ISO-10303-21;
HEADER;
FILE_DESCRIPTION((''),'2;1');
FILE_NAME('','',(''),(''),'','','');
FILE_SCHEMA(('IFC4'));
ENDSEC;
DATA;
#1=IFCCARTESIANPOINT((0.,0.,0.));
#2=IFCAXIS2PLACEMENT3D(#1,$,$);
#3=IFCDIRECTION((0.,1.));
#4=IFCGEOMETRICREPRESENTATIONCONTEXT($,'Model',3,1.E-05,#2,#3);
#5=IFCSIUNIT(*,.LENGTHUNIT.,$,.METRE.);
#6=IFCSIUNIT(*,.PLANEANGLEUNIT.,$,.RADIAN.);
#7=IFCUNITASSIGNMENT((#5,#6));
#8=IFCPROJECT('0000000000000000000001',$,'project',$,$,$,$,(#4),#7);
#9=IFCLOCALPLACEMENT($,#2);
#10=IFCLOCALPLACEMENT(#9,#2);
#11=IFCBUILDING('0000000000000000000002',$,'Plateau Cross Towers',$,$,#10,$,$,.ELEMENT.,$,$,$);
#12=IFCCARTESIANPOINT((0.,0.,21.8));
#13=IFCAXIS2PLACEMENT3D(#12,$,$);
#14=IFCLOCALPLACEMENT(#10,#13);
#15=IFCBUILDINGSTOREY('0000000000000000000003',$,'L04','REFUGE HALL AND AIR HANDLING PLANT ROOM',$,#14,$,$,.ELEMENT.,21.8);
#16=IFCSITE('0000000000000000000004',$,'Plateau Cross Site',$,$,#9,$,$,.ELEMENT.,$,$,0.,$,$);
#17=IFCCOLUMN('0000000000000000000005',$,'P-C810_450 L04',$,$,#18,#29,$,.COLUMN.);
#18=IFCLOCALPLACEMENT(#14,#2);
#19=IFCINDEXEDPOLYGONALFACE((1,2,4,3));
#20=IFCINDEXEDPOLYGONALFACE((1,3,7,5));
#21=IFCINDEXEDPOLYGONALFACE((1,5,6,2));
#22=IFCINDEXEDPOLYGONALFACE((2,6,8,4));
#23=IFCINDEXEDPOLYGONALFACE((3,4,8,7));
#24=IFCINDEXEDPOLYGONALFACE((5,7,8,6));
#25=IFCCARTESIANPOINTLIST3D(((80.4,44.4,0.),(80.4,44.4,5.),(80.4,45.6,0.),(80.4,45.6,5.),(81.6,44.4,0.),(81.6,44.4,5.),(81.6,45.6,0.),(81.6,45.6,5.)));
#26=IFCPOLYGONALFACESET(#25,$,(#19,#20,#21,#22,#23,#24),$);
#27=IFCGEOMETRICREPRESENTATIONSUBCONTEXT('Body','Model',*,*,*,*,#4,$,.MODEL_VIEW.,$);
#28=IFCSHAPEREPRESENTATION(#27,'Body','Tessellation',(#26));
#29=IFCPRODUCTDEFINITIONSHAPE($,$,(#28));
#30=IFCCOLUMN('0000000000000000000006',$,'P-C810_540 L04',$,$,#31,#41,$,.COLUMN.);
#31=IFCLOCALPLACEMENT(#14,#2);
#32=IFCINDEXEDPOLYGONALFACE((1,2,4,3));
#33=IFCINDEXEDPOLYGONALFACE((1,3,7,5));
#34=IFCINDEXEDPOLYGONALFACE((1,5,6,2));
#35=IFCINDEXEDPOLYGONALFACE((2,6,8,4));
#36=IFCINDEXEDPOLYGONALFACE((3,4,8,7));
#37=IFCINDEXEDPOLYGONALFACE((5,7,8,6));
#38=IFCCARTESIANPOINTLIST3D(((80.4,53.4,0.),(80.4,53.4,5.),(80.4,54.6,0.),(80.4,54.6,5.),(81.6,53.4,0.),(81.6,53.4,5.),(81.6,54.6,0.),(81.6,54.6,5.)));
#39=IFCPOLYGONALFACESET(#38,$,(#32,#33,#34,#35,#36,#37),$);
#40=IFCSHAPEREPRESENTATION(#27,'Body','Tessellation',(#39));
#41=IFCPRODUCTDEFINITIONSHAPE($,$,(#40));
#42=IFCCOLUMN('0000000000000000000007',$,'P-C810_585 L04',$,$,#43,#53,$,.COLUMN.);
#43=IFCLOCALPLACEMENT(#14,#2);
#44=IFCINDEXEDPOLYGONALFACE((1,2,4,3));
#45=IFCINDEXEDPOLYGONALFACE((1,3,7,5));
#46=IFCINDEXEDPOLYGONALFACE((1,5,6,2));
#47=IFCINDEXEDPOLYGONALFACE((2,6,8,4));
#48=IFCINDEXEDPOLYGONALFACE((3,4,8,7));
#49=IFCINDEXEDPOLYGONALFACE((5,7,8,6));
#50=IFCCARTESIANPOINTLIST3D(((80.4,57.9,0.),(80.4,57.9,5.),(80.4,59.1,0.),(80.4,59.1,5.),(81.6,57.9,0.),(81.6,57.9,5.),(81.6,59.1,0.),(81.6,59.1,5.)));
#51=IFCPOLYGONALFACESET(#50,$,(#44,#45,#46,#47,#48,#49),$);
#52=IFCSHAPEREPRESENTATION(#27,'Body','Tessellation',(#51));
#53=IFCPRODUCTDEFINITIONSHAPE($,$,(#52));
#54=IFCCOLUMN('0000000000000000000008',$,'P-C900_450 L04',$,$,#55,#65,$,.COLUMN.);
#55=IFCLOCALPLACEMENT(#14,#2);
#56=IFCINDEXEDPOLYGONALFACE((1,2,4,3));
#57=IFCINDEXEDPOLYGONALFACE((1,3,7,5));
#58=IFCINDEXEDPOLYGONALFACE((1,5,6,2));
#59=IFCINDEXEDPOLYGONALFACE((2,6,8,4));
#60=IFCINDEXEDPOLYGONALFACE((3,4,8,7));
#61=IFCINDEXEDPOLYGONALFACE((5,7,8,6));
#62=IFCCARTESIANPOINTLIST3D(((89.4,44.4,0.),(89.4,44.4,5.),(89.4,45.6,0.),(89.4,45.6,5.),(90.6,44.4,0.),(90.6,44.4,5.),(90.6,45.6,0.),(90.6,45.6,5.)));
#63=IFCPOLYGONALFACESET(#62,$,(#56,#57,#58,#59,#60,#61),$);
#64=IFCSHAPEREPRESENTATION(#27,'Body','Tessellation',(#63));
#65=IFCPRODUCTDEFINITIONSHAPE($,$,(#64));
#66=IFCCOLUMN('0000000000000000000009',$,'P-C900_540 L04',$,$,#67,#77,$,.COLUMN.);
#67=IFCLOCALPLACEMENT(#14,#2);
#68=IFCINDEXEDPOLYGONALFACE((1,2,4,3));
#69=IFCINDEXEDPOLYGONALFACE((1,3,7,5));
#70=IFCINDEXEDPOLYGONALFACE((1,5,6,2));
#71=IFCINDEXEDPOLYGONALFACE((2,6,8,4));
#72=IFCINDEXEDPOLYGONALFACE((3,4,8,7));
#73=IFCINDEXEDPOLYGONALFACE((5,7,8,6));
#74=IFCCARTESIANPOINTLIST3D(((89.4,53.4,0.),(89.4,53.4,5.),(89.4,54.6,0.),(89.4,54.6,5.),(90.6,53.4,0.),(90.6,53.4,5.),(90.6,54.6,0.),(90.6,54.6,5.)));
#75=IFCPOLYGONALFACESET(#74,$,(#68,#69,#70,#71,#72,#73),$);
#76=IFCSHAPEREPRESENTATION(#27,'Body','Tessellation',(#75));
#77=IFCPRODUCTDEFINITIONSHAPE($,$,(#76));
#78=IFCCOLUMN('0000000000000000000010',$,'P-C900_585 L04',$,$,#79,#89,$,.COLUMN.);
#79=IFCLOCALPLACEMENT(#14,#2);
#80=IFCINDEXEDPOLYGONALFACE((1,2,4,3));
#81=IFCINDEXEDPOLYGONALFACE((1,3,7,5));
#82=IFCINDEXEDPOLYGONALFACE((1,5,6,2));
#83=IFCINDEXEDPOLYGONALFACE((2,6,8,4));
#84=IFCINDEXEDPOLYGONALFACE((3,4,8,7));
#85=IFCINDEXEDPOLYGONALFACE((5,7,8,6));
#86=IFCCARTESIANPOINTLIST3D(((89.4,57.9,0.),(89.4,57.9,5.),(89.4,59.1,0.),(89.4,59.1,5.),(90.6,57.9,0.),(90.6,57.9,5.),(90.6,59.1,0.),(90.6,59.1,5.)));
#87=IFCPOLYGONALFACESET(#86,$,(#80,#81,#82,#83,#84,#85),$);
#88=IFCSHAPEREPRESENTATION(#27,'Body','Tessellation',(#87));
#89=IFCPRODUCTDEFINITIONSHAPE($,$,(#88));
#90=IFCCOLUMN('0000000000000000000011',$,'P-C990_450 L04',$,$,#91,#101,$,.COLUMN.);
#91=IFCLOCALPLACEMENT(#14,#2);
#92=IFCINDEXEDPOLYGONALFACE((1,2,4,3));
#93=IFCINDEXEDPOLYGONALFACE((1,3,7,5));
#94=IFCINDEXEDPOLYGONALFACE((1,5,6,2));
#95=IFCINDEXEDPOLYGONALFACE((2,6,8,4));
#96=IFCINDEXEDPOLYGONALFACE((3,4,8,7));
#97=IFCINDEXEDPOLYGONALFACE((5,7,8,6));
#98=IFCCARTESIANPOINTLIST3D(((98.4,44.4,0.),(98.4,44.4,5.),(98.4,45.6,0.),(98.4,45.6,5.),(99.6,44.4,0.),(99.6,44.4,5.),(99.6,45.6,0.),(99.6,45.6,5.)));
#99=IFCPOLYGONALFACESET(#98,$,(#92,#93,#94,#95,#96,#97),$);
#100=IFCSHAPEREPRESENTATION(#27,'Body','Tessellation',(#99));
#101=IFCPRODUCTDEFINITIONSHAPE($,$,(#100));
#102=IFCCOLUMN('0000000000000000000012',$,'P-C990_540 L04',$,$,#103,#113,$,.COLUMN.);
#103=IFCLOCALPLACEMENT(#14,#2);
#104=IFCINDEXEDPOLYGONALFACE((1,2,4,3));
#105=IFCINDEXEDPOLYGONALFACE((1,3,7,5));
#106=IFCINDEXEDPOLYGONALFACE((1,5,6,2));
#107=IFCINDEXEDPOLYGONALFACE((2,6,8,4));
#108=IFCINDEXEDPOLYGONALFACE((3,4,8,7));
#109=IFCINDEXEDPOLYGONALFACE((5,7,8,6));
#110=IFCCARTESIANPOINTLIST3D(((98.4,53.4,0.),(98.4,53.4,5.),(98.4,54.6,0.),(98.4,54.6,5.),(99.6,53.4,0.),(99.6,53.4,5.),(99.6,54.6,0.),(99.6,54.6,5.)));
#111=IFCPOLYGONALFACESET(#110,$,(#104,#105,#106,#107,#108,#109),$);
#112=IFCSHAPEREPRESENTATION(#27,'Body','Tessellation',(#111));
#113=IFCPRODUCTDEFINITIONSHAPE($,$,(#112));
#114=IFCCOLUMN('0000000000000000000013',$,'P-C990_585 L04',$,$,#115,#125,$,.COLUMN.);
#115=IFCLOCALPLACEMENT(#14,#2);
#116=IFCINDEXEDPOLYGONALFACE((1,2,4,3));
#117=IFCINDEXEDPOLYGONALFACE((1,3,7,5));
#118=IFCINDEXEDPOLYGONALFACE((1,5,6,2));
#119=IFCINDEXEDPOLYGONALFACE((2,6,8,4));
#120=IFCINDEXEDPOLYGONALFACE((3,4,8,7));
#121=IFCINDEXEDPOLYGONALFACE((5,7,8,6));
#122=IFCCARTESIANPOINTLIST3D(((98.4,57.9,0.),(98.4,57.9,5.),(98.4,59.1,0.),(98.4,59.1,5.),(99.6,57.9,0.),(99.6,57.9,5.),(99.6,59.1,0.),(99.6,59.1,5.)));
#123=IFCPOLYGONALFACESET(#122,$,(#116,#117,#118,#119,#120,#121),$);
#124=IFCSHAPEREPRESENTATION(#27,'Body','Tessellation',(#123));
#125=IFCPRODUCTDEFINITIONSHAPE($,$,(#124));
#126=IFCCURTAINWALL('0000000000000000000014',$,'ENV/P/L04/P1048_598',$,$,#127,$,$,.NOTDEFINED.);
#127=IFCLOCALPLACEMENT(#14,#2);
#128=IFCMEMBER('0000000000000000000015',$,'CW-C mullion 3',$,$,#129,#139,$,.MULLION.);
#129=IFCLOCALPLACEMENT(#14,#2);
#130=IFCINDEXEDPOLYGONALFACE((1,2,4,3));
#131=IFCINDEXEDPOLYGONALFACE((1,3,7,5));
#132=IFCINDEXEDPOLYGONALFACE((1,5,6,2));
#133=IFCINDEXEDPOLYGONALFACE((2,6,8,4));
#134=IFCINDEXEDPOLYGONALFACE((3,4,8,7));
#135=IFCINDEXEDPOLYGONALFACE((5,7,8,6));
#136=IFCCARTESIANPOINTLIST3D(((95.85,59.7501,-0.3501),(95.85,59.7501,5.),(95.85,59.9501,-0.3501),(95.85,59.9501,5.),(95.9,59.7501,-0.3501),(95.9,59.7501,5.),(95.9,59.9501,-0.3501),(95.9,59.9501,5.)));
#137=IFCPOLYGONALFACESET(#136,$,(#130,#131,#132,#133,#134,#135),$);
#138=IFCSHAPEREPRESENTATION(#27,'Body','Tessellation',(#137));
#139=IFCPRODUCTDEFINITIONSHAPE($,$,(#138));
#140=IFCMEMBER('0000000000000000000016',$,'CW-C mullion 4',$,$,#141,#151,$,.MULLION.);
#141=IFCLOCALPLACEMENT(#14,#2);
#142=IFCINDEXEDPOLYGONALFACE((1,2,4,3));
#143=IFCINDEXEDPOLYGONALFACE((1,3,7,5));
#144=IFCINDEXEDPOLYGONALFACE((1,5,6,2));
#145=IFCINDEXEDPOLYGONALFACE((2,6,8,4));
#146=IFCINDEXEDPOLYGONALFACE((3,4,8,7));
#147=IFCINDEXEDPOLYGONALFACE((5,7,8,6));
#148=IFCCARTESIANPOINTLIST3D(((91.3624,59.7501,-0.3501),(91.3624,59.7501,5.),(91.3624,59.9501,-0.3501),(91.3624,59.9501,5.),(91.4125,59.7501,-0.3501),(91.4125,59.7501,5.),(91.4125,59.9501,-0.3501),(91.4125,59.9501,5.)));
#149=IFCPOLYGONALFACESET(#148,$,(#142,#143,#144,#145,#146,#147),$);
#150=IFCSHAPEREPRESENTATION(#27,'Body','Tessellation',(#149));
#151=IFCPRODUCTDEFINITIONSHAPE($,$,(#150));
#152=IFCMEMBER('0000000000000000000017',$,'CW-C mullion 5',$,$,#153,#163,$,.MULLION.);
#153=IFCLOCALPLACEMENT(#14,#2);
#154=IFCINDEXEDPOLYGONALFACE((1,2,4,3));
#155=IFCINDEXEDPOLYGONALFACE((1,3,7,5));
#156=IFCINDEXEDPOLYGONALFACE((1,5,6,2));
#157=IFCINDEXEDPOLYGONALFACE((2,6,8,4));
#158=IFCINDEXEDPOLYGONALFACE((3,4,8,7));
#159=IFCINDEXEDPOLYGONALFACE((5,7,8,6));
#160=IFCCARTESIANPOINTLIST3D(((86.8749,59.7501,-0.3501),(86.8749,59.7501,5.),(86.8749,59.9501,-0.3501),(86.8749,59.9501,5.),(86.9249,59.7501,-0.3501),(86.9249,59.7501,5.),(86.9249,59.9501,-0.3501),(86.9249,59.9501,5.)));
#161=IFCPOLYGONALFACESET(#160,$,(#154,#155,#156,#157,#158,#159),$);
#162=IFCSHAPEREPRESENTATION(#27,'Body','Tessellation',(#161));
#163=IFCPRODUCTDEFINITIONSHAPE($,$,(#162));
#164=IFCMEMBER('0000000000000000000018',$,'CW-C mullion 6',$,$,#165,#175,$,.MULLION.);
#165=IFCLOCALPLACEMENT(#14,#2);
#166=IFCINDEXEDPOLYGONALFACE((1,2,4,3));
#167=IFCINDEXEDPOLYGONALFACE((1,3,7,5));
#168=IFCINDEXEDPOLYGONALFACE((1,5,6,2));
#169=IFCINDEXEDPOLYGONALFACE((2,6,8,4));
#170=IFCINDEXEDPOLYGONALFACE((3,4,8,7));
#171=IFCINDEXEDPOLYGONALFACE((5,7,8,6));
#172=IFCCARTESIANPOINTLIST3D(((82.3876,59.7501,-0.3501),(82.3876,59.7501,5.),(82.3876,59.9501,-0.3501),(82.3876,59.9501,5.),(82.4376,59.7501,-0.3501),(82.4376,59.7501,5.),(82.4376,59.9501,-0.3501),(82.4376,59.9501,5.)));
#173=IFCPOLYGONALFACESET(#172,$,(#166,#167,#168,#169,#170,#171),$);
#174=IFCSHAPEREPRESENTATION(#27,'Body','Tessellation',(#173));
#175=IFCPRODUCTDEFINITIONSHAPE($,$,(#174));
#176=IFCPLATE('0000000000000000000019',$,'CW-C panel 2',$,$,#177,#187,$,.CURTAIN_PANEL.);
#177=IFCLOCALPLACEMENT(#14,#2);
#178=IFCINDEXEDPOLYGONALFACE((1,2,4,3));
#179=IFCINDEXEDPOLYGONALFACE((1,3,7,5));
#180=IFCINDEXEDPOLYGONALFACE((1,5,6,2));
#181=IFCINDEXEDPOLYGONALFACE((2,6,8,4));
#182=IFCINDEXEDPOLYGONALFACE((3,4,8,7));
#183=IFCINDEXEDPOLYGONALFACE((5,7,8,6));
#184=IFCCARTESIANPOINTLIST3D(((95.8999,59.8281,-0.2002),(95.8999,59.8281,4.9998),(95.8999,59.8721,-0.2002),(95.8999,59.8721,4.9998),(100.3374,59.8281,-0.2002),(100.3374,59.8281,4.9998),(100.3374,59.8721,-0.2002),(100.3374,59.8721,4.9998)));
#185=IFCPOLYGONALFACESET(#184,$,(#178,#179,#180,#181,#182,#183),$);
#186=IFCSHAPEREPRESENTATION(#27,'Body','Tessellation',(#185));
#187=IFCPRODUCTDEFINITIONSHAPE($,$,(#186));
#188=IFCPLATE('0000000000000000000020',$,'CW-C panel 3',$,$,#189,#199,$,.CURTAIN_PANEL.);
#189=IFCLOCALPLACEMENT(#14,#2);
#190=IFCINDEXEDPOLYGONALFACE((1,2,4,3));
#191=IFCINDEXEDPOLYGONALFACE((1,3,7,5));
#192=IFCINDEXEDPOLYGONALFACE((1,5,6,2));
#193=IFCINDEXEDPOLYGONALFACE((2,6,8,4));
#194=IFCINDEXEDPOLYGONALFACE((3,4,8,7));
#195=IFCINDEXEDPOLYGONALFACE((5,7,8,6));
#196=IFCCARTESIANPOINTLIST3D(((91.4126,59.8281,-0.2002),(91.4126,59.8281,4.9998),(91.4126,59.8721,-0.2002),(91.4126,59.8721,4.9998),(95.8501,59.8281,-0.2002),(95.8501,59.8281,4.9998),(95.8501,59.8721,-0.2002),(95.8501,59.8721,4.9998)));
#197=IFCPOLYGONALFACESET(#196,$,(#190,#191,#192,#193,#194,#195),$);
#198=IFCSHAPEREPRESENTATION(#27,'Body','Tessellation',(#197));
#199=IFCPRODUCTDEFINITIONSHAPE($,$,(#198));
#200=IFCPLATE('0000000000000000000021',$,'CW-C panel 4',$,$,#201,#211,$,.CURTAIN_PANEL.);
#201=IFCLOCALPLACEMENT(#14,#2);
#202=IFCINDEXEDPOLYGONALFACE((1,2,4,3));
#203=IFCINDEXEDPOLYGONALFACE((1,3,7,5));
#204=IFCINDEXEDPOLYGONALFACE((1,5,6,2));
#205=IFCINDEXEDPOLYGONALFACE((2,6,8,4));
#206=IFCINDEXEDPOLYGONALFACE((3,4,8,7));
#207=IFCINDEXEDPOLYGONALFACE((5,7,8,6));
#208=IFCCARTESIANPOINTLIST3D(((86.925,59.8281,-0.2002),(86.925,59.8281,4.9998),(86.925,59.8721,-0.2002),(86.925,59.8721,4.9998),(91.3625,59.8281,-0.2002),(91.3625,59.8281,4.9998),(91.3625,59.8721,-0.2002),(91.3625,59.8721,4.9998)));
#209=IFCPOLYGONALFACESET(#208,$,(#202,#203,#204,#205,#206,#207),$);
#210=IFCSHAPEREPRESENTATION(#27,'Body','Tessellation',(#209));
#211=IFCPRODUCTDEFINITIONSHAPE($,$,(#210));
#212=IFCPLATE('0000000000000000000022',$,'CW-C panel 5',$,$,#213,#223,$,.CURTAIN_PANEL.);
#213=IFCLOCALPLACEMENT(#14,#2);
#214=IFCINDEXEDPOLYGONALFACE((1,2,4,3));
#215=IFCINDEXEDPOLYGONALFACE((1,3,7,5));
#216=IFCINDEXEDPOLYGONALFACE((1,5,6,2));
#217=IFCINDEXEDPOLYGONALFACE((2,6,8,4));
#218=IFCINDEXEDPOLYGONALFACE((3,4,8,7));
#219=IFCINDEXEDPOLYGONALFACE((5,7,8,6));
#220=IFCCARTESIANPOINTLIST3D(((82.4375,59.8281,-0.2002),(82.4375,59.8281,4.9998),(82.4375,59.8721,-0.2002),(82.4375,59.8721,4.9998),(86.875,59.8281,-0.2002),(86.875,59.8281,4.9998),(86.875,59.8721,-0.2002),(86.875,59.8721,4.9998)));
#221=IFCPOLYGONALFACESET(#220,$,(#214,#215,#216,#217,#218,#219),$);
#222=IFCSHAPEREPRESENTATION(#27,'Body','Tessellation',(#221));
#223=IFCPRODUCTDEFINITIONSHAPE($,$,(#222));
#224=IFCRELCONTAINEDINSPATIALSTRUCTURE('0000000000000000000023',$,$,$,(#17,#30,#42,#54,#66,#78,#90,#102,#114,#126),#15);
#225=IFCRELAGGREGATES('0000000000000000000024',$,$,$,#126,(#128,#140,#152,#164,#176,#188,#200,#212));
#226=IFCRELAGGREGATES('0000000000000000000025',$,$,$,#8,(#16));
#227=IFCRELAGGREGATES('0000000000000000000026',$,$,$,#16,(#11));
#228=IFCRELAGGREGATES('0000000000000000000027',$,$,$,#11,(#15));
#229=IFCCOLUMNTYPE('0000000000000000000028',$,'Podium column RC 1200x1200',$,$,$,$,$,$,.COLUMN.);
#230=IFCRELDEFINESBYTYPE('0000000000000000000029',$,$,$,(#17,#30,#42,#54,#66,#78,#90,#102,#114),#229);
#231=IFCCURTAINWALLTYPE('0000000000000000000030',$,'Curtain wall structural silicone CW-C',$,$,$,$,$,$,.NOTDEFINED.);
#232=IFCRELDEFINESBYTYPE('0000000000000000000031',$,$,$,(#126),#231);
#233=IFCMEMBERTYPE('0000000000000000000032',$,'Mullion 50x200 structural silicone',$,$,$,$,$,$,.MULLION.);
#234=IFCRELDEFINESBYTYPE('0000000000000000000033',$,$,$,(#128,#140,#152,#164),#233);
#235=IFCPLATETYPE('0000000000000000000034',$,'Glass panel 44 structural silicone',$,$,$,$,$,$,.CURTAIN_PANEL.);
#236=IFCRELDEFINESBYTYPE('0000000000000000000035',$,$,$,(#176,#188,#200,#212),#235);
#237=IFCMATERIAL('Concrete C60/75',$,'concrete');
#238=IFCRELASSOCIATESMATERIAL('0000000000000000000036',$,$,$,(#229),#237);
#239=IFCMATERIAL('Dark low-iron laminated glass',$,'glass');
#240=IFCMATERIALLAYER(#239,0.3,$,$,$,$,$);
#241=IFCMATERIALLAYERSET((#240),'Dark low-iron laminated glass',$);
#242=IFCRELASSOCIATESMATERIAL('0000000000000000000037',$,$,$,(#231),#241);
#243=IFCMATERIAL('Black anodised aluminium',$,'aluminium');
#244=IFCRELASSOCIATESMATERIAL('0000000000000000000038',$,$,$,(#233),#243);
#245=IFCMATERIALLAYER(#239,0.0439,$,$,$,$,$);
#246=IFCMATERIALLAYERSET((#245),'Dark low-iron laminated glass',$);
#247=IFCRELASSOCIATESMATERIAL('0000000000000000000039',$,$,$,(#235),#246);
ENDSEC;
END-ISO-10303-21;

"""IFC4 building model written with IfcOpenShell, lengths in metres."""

from ifc_helpers import new_model, si_unit, direction, frame, origin, origin_2d, place, context, subcontext, project, spatial, rectangle, extrude, material, layer, layer_set, material_profile, profile_set, type_object, element, aggregate, save


model = new_model("IFC4")

# Units and contexts
model_context = context("Model", 3, precision=1e-05, world=origin(), true_north=direction((0.0, 1.0)))
body_context = subcontext(model_context, "Body", "Model", "MODEL_VIEW")
ifc_project = project(units=[si_unit("LENGTHUNIT", "METRE"), si_unit("PLANEANGLEUNIT", "RADIAN")], contexts=[model_context])

# Site, building, storey
site_placement = place(None, origin())
site = spatial("IfcSite", under=ifc_project, at=site_placement, Name="Plateau Cross Site", CompositionType="ELEMENT", RefElevation=0.0)
building_placement = place(site_placement, origin())
building = spatial("IfcBuilding", under=site, at=building_placement, Name="Plateau Cross Towers", CompositionType="ELEMENT")
storey_placement = place(building_placement, frame((0.0, 0.0, 21.8)))
storey = spatial("IfcBuildingStorey", under=building, at=storey_placement, Name="L04", Description="REFUGE HALL AND AIR HANDLING PLANT ROOM", CompositionType="ELEMENT", Elevation=21.8)

# Columns
ifc_material_1 = material(Name="Concrete C60/75", Category="concrete")
ifc_material_profile_1 = material_profile(ifc_material_1, rectangle(XDim=1.2, YDim=1.2, at=origin_2d()), Name="RC 1200x1200")
ifc_profile_set_1 = profile_set([ifc_material_profile_1], Name="Concrete C60/75")
column_type = type_object("IfcColumnType", Name="Podium column RC 1200x1200", PredefinedType="COLUMN", material=ifc_profile_set_1)
for number, where, z_axis, x_axis, name in (
    (1, (81.0, 45.0, 0.0), (0.0, 0.0, 1.0), (1.0, 0.0, 0.0), "P-C810_450 L04"),
    (2, (81.0, 54.0, 0.0), (0.0, 0.0, 1.0), (1.0, 0.0, 0.0), "P-C810_540 L04"),
    (3, (81.0, 58.5, 0.0), (0.0, 0.0, 1.0), (1.0, 0.0, 0.0), "P-C810_585 L04"),
    (4, (90.0, 45.0, 0.0), (0.0, 0.0, 1.0), (1.0, 0.0, 0.0), "P-C900_450 L04"),
    (5, (90.0, 54.0, 0.0), (0.0, 0.0, 1.0), (1.0, 0.0, 0.0), "P-C900_540 L04"),
    (6, (90.0, 58.5, 0.0), (0.0, 0.0, 1.0), (1.0, 0.0, 0.0), "P-C900_585 L04"),
    (7, (99.0, 45.0, 0.0), (0.0, 0.0, 1.0), (1.0, 0.0, 0.0), "P-C990_450 L04"),
    (8, (99.0, 54.0, 0.0), (0.0, 0.0, 1.0), (1.0, 0.0, 0.0), "P-C990_540 L04"),
    (9, (99.0, 58.5, 0.0), (0.0, 0.0, 1.0), (1.0, 0.0, 0.0), "P-C990_585 L04"),
):
    element("IfcColumn", number, at=place(storey_placement, frame(where, z_axis=z_axis, x_axis=x_axis)), inside=storey, type_object=column_type, Name=name, PredefinedType="COLUMN", context=body_context, shape_type="SweptSolid", body=[
        extrude(rectangle(XDim=1.2, YDim=1.2, at=origin_2d()), origin(), (0.0, 0.0, 1.0), 5.0),
    ])

# Curtain wall, members, plates
ifc_material_2 = material(Name="Dark low-iron laminated glass", Category="glass")
ifc_layer_1 = layer(ifc_material_2, 0.3)
ifc_layer_set_1 = layer_set([ifc_layer_1], Name="Dark low-iron laminated glass")
curtain_wall_type = type_object("IfcCurtainWallType", Name="Curtain wall structural silicone CW-C", PredefinedType="NOTDEFINED", material=ifc_layer_set_1)
curtain_wall_placement = place(storey_placement, origin())
curtain_wall = element("IfcCurtainWall", 10, at=curtain_wall_placement, inside=storey, type_object=curtain_wall_type, Name="ENV/P/L04/P1048_598", PredefinedType="NOTDEFINED")
ifc_material_3 = material(Name="Black anodised aluminium", Category="aluminium")
ifc_material_profile_2 = material_profile(ifc_material_3, rectangle(XDim=0.05, YDim=0.2, at=origin_2d()), Name="MULLION 50x200")
ifc_profile_set_2 = profile_set([ifc_material_profile_2], Name="Black anodised aluminium")
member_type = type_object("IfcMemberType", Name="Mullion 50x200 structural silicone", PredefinedType="MULLION", material=ifc_profile_set_2)
member_1_placement = place(storey_placement, frame((95.875, 59.8501, -0.3501), z_axis=(0.0, 0.0, 1.0), x_axis=(-1.0, 0.0, 0.0)))
member_1 = element("IfcMember", 11, at=member_1_placement, type_object=member_type, Name="CW-C mullion 3", PredefinedType="MULLION", context=body_context, shape_type="SweptSolid", body=[
    extrude(rectangle(XDim=0.05, YDim=0.2, at=origin_2d()), origin(), (0.0, 0.0, 1.0), 5.3501),
])
member_2_placement = place(storey_placement, frame((91.3875, 59.8501, -0.3501), z_axis=(0.0, 0.0, 1.0), x_axis=(-1.0, 0.0, 0.0)))
member_2 = element("IfcMember", 12, at=member_2_placement, type_object=member_type, Name="CW-C mullion 4", PredefinedType="MULLION", context=body_context, shape_type="SweptSolid", body=[
    extrude(rectangle(XDim=0.05, YDim=0.2, at=origin_2d()), origin(), (0.0, 0.0, 1.0), 5.3501),
])
member_3_placement = place(storey_placement, frame((86.8999, 59.8501, -0.3501), z_axis=(0.0, 0.0, 1.0), x_axis=(-1.0, 0.0, 0.0)))
member_3 = element("IfcMember", 13, at=member_3_placement, type_object=member_type, Name="CW-C mullion 5", PredefinedType="MULLION", context=body_context, shape_type="SweptSolid", body=[
    extrude(rectangle(XDim=0.05, YDim=0.2, at=origin_2d()), origin(), (0.0, 0.0, 1.0), 5.3501),
])
member_4_placement = place(storey_placement, frame((82.4126, 59.8501, -0.3501), z_axis=(0.0, 0.0, 1.0), x_axis=(-1.0, 0.0, 0.0)))
member_4 = element("IfcMember", 14, at=member_4_placement, type_object=member_type, Name="CW-C mullion 6", PredefinedType="MULLION", context=body_context, shape_type="SweptSolid", body=[
    extrude(rectangle(XDim=0.05, YDim=0.2, at=origin_2d()), origin(), (0.0, 0.0, 1.0), 5.3501),
])
ifc_layer_2 = layer(ifc_material_2, 0.0439)
ifc_layer_set_2 = layer_set([ifc_layer_2], Name="Dark low-iron laminated glass")
plate_type = type_object("IfcPlateType", Name="Glass panel 44 structural silicone", PredefinedType="CURTAIN_PANEL", material=ifc_layer_set_2)
plate_1_placement = place(storey_placement, frame((98.1187, 59.8501, -0.2002), z_axis=(0.0, 0.0, 1.0), x_axis=(-1.0, 0.0, 0.0)))
plate_1 = element("IfcPlate", 15, at=plate_1_placement, type_object=plate_type, Name="CW-C panel 2", PredefinedType="CURTAIN_PANEL", context=body_context, shape_type="SweptSolid", body=[
    extrude(rectangle(XDim=4.4375, YDim=0.0439, at=origin_2d()), origin(), (0.0, 0.0, 1.0), 5.2),
])
plate_2_placement = place(storey_placement, frame((93.6313, 59.8501, -0.2002), z_axis=(0.0, 0.0, 1.0), x_axis=(-1.0, 0.0, 0.0)))
plate_2 = element("IfcPlate", 16, at=plate_2_placement, type_object=plate_type, Name="CW-C panel 3", PredefinedType="CURTAIN_PANEL", context=body_context, shape_type="SweptSolid", body=[
    extrude(rectangle(XDim=4.4375, YDim=0.0439, at=origin_2d()), origin(), (0.0, 0.0, 1.0), 5.2),
])
plate_3_placement = place(storey_placement, frame((89.1438, 59.8501, -0.2002), z_axis=(0.0, 0.0, 1.0), x_axis=(-1.0, 0.0, 0.0)))
plate_3 = element("IfcPlate", 17, at=plate_3_placement, type_object=plate_type, Name="CW-C panel 4", PredefinedType="CURTAIN_PANEL", context=body_context, shape_type="SweptSolid", body=[
    extrude(rectangle(XDim=4.4375, YDim=0.0439, at=origin_2d()), origin(), (0.0, 0.0, 1.0), 5.2),
])
plate_4_placement = place(storey_placement, frame((84.6562, 59.8501, -0.2002), z_axis=(0.0, 0.0, 1.0), x_axis=(-1.0, 0.0, 0.0)))
plate_4 = element("IfcPlate", 18, at=plate_4_placement, type_object=plate_type, Name="CW-C panel 5", PredefinedType="CURTAIN_PANEL", context=body_context, shape_type="SweptSolid", body=[
    extrude(rectangle(XDim=4.4375, YDim=0.0439, at=origin_2d()), origin(), (0.0, 0.0, 1.0), 5.2),
])
aggregate(curtain_wall, [member_1, member_2, member_3, member_4, plate_1, plate_2, plate_3, plate_4])

save(model, "model.ifc")
